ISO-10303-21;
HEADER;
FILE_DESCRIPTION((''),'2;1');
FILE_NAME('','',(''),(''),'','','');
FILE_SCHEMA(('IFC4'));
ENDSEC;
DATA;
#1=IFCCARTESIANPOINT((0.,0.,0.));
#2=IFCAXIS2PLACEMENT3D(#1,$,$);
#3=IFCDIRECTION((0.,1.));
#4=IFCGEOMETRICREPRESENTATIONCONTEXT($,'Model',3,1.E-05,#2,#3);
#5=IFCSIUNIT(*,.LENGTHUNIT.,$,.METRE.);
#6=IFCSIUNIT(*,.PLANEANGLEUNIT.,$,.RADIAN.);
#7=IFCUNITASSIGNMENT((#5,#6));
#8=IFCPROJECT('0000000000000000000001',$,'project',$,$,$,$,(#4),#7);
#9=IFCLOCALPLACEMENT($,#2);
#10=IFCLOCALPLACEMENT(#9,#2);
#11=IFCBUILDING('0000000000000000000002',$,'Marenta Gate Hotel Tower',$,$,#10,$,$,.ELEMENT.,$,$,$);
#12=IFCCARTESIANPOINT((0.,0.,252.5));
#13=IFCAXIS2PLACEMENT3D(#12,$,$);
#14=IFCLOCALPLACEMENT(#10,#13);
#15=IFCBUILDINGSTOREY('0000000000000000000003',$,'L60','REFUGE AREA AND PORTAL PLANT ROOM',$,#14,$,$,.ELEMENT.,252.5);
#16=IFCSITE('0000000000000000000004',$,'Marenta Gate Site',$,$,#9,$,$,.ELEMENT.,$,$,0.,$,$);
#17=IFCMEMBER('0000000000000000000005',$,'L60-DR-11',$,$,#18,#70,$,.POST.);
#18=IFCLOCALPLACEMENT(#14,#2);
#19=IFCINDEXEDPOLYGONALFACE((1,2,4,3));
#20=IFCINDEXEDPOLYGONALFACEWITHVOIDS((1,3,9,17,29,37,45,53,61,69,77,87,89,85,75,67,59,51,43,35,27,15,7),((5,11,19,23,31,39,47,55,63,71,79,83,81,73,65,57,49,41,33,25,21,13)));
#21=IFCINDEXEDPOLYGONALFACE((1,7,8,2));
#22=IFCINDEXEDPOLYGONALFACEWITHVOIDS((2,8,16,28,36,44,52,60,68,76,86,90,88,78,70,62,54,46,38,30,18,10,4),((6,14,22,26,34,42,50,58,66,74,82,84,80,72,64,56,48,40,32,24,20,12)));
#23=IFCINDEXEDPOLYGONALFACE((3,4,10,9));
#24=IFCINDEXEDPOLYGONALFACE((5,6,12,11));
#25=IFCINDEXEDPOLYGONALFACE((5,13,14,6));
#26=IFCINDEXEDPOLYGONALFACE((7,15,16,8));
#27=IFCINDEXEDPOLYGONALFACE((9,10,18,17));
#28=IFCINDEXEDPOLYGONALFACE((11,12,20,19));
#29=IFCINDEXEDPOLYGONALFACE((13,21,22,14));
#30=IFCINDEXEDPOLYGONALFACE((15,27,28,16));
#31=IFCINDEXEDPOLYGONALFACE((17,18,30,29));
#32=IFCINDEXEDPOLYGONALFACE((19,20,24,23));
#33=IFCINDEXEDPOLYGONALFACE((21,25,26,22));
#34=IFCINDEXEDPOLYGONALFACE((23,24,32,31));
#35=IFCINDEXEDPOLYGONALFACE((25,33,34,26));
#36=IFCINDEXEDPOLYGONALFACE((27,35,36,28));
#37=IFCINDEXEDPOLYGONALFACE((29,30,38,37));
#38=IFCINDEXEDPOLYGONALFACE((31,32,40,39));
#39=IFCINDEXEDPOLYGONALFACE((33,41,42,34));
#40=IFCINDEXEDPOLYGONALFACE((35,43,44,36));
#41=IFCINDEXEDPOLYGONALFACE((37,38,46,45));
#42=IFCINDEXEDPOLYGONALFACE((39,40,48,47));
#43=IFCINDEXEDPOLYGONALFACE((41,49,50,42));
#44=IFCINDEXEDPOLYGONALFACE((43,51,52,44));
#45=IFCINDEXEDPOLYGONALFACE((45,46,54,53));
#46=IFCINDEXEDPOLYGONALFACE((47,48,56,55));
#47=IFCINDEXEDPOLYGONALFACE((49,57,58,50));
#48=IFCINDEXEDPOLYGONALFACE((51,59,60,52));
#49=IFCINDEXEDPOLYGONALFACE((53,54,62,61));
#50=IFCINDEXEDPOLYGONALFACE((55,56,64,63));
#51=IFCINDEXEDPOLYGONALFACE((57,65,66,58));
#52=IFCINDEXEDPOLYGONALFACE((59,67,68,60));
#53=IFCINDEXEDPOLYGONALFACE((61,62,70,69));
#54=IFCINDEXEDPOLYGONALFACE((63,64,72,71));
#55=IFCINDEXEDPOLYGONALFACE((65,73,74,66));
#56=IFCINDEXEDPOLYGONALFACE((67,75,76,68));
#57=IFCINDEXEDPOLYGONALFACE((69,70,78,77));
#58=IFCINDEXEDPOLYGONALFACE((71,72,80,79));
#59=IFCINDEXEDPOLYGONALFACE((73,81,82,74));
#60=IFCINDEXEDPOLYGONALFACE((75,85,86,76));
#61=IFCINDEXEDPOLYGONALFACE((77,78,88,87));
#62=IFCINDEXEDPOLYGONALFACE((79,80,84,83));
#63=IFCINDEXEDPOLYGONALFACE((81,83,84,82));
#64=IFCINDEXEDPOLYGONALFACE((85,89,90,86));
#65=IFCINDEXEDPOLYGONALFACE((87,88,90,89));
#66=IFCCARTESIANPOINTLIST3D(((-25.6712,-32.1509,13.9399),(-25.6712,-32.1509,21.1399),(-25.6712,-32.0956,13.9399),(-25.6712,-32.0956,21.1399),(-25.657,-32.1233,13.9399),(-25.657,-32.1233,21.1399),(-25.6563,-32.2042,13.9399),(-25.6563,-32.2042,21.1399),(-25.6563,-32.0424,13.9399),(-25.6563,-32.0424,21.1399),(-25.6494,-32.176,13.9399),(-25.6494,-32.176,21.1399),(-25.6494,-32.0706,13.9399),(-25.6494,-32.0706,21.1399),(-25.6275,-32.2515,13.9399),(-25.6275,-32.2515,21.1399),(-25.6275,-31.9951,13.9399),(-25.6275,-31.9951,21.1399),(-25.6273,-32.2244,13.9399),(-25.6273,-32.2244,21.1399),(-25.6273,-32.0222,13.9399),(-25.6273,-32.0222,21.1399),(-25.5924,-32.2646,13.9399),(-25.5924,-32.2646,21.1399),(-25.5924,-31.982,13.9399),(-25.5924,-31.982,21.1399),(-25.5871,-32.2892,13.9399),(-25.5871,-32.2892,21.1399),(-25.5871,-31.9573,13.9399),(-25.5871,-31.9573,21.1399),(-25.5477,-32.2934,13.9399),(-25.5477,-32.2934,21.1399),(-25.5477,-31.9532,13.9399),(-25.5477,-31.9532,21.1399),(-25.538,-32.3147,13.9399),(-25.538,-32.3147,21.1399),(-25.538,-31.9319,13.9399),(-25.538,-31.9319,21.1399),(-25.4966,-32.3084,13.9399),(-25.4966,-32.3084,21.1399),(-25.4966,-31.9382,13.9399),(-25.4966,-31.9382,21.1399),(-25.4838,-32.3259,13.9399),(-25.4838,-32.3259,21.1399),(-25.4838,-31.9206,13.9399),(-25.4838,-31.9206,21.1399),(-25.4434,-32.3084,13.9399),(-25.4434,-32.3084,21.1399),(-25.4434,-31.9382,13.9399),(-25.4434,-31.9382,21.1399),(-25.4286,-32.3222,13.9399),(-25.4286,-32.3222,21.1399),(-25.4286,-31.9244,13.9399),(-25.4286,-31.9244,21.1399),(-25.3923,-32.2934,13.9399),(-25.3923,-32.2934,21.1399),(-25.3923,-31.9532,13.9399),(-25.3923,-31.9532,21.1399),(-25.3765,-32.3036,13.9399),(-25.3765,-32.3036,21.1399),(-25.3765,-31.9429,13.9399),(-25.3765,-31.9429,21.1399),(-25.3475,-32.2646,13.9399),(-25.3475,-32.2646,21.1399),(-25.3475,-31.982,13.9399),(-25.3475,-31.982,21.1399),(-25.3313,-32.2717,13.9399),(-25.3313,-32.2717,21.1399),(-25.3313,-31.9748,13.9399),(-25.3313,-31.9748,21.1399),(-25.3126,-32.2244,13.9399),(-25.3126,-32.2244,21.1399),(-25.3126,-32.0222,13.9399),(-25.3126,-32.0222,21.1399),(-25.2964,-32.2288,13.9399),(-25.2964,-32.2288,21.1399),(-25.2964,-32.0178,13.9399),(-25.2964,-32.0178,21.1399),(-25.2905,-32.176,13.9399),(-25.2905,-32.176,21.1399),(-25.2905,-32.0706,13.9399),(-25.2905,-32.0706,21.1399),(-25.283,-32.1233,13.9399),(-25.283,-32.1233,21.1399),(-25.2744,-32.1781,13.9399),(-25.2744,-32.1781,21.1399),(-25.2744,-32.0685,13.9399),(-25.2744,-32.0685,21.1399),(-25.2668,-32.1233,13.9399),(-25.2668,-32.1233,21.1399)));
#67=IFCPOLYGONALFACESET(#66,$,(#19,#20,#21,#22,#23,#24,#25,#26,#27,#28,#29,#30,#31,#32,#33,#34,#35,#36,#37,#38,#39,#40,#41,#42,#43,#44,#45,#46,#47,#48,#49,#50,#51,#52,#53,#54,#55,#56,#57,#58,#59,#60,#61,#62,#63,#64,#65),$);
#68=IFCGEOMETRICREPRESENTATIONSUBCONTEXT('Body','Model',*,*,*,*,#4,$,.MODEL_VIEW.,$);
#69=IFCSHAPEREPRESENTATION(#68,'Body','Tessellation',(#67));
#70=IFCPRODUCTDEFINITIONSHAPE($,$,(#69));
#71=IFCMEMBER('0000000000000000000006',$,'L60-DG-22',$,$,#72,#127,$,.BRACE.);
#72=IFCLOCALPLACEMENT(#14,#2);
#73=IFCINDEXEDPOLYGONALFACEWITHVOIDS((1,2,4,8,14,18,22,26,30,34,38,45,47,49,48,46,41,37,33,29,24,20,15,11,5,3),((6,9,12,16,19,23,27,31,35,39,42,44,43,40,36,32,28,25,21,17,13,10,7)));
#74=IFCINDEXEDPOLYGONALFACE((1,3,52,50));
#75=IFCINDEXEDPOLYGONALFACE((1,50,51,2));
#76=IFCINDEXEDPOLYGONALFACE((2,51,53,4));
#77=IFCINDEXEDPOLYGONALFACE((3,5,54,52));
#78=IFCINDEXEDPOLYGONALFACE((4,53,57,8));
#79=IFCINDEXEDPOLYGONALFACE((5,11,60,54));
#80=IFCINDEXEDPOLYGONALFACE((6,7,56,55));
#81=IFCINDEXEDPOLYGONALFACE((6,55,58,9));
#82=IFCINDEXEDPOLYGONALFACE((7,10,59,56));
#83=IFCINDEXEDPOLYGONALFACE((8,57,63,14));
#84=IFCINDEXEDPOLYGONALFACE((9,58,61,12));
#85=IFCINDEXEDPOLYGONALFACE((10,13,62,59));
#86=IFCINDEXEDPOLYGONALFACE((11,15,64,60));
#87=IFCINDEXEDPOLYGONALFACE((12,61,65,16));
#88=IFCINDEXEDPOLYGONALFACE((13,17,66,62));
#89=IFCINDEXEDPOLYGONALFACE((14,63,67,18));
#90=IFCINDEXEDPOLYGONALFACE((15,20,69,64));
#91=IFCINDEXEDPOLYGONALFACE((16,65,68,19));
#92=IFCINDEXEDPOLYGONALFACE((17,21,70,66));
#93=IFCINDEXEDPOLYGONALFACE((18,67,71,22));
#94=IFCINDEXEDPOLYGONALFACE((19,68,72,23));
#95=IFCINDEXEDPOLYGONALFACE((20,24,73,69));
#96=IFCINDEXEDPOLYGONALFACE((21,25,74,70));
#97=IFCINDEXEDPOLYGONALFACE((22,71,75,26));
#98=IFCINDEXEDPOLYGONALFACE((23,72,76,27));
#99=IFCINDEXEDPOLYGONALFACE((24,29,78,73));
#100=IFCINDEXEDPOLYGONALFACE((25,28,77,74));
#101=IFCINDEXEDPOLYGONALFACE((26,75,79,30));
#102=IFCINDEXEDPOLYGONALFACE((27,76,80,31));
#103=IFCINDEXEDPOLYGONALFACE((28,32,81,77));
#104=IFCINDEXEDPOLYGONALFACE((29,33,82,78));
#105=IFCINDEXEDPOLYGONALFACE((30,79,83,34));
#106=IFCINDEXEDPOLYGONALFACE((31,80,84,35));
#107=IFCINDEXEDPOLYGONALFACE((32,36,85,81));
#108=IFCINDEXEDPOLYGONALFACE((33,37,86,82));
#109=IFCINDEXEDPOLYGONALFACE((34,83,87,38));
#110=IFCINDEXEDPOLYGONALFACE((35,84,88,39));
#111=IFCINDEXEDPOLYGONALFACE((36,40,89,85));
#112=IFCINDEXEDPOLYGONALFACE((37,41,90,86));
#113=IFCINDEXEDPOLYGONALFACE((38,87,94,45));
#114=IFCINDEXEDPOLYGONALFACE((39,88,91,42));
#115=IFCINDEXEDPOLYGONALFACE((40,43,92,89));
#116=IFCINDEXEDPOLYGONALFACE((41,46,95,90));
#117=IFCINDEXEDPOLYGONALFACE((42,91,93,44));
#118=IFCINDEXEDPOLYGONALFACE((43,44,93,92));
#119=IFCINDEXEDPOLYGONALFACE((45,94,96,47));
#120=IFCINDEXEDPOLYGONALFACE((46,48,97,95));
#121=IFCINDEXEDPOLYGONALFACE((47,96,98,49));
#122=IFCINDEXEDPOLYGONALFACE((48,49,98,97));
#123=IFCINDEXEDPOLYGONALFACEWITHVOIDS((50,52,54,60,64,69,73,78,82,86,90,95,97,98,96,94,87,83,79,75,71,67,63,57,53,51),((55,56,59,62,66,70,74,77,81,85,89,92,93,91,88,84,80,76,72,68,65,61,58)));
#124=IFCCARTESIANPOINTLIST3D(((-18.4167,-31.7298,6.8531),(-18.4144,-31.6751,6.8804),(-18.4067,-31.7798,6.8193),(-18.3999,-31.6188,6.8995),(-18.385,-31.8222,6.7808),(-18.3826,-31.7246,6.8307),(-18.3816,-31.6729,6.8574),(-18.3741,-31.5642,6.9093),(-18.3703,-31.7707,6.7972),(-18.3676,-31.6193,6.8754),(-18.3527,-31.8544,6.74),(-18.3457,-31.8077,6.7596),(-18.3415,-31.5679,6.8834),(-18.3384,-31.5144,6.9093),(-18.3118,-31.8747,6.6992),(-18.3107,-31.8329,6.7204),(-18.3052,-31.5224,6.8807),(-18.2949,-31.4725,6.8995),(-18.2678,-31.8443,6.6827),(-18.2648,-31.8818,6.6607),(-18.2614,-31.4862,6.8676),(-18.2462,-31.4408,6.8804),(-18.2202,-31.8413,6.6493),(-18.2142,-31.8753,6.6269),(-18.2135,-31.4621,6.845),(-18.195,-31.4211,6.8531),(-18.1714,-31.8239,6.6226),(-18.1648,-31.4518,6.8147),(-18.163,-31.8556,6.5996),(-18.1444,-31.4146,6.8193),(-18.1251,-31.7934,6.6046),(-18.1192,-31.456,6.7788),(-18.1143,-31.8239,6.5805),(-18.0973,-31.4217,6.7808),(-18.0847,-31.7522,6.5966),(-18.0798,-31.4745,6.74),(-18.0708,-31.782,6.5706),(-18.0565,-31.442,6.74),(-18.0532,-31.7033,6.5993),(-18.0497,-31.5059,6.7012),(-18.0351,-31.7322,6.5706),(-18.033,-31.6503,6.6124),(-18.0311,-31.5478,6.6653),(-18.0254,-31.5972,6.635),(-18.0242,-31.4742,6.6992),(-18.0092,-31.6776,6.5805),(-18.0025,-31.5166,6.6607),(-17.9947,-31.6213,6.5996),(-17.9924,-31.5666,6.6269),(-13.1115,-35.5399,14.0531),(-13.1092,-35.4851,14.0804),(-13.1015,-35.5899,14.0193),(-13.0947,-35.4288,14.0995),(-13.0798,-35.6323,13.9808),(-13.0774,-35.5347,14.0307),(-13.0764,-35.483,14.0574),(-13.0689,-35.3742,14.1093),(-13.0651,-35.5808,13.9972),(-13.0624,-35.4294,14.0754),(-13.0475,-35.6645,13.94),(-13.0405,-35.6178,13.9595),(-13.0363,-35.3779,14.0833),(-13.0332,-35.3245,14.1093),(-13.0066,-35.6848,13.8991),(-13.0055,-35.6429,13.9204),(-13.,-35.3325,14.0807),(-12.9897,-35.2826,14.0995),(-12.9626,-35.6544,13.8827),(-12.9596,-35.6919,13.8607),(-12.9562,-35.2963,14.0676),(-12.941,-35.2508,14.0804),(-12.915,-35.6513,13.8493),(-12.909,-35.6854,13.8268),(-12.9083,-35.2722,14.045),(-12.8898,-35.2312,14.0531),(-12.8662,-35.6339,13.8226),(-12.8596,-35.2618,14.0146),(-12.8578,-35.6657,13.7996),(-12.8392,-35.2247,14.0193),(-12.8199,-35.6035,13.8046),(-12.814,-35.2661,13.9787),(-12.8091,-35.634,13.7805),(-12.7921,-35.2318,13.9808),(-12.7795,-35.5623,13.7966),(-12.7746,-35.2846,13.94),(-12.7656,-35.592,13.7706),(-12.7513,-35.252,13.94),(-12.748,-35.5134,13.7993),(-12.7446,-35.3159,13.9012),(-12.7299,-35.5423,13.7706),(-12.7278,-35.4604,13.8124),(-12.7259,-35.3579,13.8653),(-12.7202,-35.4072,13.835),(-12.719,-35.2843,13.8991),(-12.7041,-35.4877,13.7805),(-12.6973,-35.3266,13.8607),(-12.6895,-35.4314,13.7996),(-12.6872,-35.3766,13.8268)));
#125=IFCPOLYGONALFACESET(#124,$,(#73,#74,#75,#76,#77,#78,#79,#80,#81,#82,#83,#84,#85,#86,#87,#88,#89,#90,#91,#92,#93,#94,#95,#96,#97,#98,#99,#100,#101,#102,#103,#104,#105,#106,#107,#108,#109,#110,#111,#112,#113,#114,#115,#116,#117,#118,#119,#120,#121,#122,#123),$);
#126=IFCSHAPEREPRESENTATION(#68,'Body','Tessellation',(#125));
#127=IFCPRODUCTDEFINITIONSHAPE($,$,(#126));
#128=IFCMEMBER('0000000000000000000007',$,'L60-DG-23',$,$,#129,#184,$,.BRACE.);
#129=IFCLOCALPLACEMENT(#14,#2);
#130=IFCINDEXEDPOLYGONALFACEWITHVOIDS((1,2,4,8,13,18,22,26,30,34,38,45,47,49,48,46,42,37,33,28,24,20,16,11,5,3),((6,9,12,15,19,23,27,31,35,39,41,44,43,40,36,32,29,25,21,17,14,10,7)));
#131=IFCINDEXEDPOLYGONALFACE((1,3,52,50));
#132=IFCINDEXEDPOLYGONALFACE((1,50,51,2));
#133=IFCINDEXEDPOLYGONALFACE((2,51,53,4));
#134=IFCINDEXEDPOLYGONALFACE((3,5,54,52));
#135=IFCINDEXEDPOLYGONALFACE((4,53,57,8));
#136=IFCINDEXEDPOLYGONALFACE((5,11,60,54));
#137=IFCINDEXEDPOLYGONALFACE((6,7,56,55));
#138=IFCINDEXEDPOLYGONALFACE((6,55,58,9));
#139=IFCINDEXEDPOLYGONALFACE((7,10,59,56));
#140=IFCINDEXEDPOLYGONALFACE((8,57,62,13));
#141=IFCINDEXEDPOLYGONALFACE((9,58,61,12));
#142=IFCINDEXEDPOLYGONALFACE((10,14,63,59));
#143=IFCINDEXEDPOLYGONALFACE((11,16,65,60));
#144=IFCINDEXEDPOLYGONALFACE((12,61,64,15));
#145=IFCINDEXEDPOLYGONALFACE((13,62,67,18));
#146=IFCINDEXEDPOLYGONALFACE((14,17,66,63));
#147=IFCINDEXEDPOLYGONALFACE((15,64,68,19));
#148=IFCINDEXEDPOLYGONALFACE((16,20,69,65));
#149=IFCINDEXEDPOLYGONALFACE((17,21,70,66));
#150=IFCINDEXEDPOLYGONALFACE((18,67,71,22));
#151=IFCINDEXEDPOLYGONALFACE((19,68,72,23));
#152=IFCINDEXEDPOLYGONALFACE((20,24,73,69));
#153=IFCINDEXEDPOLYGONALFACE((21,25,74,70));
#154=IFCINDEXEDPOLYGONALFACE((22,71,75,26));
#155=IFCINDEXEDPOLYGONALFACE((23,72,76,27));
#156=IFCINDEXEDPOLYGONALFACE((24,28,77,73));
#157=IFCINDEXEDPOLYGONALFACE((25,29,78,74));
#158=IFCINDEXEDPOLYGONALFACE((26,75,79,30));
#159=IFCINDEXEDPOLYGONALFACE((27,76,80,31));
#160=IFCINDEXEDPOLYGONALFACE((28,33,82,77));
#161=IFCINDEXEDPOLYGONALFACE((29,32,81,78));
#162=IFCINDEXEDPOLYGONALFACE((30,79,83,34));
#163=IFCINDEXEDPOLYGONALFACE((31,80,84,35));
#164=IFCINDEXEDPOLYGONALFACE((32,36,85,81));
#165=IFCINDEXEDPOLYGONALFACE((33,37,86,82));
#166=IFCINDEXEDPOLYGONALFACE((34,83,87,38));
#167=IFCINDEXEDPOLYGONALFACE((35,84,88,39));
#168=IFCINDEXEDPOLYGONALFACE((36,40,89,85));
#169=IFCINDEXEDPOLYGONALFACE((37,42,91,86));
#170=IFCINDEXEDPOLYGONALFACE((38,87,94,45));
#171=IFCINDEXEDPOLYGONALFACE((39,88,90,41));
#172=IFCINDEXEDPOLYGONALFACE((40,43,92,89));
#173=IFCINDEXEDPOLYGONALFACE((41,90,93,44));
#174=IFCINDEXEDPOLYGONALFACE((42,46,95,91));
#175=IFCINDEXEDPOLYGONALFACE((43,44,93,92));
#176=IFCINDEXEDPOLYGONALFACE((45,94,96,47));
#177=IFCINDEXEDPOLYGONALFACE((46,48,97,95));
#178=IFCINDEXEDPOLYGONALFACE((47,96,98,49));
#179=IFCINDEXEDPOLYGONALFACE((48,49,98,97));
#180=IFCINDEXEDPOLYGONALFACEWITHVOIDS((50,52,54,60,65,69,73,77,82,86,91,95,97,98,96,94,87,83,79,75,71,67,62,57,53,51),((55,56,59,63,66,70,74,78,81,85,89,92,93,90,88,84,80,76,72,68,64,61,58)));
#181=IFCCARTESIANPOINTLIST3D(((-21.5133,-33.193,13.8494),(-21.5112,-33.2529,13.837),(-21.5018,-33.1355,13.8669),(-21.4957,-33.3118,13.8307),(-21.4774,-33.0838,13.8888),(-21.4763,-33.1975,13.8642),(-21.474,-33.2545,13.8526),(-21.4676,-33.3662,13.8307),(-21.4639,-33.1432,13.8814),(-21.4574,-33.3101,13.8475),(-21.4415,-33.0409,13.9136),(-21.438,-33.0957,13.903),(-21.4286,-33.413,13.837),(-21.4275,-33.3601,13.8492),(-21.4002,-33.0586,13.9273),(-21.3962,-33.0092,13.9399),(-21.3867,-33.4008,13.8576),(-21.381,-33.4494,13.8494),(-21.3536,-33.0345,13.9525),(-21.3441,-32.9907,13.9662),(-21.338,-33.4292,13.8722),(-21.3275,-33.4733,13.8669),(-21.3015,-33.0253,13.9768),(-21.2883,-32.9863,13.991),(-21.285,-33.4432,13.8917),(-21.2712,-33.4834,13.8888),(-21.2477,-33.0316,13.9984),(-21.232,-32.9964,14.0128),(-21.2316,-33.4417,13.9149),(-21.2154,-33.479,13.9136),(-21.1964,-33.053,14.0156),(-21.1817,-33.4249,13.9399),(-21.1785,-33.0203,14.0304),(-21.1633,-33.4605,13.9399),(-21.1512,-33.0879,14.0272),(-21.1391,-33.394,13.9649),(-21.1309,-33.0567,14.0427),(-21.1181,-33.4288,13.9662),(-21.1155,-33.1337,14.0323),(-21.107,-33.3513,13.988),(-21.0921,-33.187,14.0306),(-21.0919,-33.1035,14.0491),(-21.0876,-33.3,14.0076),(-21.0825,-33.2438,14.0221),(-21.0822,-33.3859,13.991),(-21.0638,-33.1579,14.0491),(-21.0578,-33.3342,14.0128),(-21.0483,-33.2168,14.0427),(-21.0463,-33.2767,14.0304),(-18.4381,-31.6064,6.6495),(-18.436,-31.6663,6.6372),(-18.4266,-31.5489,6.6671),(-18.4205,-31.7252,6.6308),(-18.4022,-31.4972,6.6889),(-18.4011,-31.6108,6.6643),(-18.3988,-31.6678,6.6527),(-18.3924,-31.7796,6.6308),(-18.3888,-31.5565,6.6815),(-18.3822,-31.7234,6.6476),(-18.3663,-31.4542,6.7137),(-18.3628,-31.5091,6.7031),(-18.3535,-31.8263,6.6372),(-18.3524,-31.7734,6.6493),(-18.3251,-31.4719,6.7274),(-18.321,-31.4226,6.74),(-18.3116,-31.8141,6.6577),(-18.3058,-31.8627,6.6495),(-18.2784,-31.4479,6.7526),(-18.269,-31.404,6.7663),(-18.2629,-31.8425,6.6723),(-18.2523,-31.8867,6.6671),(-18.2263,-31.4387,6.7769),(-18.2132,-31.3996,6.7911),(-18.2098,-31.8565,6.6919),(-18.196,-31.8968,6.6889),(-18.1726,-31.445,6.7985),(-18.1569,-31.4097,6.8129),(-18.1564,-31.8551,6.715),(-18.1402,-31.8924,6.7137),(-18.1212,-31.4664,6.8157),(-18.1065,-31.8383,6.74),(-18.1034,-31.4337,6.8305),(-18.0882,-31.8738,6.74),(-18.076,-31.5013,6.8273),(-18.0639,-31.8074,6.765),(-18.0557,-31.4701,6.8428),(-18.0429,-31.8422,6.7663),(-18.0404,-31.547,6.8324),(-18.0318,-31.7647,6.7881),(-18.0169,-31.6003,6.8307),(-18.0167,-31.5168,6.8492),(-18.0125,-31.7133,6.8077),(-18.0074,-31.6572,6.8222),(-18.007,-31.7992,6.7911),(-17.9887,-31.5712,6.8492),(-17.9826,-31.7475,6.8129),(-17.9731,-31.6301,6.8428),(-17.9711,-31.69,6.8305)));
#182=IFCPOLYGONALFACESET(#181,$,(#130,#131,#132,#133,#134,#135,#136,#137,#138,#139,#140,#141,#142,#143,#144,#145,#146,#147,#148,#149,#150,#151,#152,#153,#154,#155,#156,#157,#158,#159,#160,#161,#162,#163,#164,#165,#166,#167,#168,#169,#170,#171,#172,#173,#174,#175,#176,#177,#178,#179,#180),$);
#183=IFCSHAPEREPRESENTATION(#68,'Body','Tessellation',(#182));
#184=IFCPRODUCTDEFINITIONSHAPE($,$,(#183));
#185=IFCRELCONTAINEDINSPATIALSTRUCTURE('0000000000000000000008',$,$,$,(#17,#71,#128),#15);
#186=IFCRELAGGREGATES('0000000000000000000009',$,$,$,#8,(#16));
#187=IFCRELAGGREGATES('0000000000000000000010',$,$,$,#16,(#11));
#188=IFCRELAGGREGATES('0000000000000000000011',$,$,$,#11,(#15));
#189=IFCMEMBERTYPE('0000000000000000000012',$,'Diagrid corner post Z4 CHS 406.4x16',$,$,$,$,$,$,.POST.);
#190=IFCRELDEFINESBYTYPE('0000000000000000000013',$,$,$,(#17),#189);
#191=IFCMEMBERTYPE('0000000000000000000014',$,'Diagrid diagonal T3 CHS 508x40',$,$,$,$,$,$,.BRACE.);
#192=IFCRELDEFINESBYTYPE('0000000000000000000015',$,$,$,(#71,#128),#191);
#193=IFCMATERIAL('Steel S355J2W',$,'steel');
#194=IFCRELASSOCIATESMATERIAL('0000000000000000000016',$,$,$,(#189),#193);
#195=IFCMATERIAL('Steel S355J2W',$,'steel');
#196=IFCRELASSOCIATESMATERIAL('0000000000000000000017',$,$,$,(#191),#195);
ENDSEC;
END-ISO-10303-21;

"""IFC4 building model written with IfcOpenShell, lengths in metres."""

from ifc_helpers import new_model, si_unit, direction, frame, origin, origin_2d, place, context, subcontext, project, spatial, hollow_circle, extrude, material, material_profile, profile_set, type_object, element, save


model = new_model("IFC4")

# Units and contexts
model_context = context("Model", 3, precision=1e-05, world=origin(), true_north=direction((0.0, 1.0)))
body_context = subcontext(model_context, "Body", "Model", "MODEL_VIEW")
ifc_project = project(units=[si_unit("LENGTHUNIT", "METRE"), si_unit("PLANEANGLEUNIT", "RADIAN")], contexts=[model_context])

# Site, building, storey
site_placement = place(None, origin())
site = spatial("IfcSite", under=ifc_project, at=site_placement, Name="Marenta Gate Site", CompositionType="ELEMENT", RefElevation=0.0)
building_placement = place(site_placement, origin())
building = spatial("IfcBuilding", under=site, at=building_placement, Name="Marenta Gate Hotel Tower", CompositionType="ELEMENT")
storey_placement = place(building_placement, frame((0.0, 0.0, 252.5)))
storey = spatial("IfcBuildingStorey", under=building, at=storey_placement, Name="L60", Description="REFUGE AREA AND PORTAL PLANT ROOM", CompositionType="ELEMENT", Elevation=252.5)

# Members
ifc_material_1 = material(Name="Steel S355J2W", Category="steel")
ifc_material_profile_1 = material_profile(ifc_material_1, hollow_circle(Radius=0.2031, WallThickness=0.0161, at=origin_2d()), Name="CHS 406.4x16")
ifc_profile_set_1 = profile_set([ifc_material_profile_1], Name="Steel S355J2W")
member_type_1 = type_object("IfcMemberType", Name="Diagrid corner post Z4 CHS 406.4x16", PredefinedType="POST", material=ifc_profile_set_1)
member_1_placement = place(storey_placement, frame((-25.47, -32.1233, 13.9399), z_axis=(0.0, 0.0, 1.0), x_axis=(1.0, 0.0, 0.0)))
element("IfcMember", 1, at=member_1_placement, inside=storey, type_object=member_type_1, Name="L60-DR-11", PredefinedType="POST", context=body_context, shape_type="SweptSolid", body=[
    extrude(hollow_circle(Radius=0.2031, WallThickness=0.0161, at=origin_2d()), origin(), (0.0, 0.0, 1.0), 7.2),
])
ifc_material_2 = material(Name="Steel S355J2W", Category="steel")
ifc_material_profile_2 = material_profile(ifc_material_2, hollow_circle(Radius=0.2539, WallThickness=0.04, at=origin_2d()), Name="CHS 508x40")
ifc_profile_set_2 = profile_set([ifc_material_profile_2], Name="Steel S355J2W")
member_type_2 = type_object("IfcMemberType", Name="Diagrid diagonal T3 CHS 508x40", PredefinedType="BRACE", material=ifc_profile_set_2)
member_2_placement = place(storey_placement, frame((-18.2046, -31.6482, 6.74), z_axis=(0.545735, -0.391935, 0.740648), x_axis=(0.583329, 0.812236, 0.0)))
element("IfcMember", 2, at=member_2_placement, inside=storey, type_object=member_type_2, Name="L60-DG-22", PredefinedType="BRACE", context=body_context, shape_type="SweptSolid", body=[
    extrude(hollow_circle(Radius=0.2539, WallThickness=0.04, at=origin_2d()), origin(), (0.0, 0.0, 1.0), 9.7212),
])
member_3_placement = place(storey_placement, frame((-18.2046, -31.6482, 6.74), z_axis=(-0.38496, -0.198623, 0.901307), x_axis=(0.458523, -0.888683, 0.0)))
element("IfcMember", 3, at=member_3_placement, inside=storey, type_object=member_type_2, Name="L60-DG-23", PredefinedType="BRACE", context=body_context, shape_type="SweptSolid", body=[
    extrude(hollow_circle(Radius=0.2539, WallThickness=0.04, at=origin_2d()), origin(), (0.0, 0.0, 1.0), 7.9883),
])

save(model, "model.ifc")
